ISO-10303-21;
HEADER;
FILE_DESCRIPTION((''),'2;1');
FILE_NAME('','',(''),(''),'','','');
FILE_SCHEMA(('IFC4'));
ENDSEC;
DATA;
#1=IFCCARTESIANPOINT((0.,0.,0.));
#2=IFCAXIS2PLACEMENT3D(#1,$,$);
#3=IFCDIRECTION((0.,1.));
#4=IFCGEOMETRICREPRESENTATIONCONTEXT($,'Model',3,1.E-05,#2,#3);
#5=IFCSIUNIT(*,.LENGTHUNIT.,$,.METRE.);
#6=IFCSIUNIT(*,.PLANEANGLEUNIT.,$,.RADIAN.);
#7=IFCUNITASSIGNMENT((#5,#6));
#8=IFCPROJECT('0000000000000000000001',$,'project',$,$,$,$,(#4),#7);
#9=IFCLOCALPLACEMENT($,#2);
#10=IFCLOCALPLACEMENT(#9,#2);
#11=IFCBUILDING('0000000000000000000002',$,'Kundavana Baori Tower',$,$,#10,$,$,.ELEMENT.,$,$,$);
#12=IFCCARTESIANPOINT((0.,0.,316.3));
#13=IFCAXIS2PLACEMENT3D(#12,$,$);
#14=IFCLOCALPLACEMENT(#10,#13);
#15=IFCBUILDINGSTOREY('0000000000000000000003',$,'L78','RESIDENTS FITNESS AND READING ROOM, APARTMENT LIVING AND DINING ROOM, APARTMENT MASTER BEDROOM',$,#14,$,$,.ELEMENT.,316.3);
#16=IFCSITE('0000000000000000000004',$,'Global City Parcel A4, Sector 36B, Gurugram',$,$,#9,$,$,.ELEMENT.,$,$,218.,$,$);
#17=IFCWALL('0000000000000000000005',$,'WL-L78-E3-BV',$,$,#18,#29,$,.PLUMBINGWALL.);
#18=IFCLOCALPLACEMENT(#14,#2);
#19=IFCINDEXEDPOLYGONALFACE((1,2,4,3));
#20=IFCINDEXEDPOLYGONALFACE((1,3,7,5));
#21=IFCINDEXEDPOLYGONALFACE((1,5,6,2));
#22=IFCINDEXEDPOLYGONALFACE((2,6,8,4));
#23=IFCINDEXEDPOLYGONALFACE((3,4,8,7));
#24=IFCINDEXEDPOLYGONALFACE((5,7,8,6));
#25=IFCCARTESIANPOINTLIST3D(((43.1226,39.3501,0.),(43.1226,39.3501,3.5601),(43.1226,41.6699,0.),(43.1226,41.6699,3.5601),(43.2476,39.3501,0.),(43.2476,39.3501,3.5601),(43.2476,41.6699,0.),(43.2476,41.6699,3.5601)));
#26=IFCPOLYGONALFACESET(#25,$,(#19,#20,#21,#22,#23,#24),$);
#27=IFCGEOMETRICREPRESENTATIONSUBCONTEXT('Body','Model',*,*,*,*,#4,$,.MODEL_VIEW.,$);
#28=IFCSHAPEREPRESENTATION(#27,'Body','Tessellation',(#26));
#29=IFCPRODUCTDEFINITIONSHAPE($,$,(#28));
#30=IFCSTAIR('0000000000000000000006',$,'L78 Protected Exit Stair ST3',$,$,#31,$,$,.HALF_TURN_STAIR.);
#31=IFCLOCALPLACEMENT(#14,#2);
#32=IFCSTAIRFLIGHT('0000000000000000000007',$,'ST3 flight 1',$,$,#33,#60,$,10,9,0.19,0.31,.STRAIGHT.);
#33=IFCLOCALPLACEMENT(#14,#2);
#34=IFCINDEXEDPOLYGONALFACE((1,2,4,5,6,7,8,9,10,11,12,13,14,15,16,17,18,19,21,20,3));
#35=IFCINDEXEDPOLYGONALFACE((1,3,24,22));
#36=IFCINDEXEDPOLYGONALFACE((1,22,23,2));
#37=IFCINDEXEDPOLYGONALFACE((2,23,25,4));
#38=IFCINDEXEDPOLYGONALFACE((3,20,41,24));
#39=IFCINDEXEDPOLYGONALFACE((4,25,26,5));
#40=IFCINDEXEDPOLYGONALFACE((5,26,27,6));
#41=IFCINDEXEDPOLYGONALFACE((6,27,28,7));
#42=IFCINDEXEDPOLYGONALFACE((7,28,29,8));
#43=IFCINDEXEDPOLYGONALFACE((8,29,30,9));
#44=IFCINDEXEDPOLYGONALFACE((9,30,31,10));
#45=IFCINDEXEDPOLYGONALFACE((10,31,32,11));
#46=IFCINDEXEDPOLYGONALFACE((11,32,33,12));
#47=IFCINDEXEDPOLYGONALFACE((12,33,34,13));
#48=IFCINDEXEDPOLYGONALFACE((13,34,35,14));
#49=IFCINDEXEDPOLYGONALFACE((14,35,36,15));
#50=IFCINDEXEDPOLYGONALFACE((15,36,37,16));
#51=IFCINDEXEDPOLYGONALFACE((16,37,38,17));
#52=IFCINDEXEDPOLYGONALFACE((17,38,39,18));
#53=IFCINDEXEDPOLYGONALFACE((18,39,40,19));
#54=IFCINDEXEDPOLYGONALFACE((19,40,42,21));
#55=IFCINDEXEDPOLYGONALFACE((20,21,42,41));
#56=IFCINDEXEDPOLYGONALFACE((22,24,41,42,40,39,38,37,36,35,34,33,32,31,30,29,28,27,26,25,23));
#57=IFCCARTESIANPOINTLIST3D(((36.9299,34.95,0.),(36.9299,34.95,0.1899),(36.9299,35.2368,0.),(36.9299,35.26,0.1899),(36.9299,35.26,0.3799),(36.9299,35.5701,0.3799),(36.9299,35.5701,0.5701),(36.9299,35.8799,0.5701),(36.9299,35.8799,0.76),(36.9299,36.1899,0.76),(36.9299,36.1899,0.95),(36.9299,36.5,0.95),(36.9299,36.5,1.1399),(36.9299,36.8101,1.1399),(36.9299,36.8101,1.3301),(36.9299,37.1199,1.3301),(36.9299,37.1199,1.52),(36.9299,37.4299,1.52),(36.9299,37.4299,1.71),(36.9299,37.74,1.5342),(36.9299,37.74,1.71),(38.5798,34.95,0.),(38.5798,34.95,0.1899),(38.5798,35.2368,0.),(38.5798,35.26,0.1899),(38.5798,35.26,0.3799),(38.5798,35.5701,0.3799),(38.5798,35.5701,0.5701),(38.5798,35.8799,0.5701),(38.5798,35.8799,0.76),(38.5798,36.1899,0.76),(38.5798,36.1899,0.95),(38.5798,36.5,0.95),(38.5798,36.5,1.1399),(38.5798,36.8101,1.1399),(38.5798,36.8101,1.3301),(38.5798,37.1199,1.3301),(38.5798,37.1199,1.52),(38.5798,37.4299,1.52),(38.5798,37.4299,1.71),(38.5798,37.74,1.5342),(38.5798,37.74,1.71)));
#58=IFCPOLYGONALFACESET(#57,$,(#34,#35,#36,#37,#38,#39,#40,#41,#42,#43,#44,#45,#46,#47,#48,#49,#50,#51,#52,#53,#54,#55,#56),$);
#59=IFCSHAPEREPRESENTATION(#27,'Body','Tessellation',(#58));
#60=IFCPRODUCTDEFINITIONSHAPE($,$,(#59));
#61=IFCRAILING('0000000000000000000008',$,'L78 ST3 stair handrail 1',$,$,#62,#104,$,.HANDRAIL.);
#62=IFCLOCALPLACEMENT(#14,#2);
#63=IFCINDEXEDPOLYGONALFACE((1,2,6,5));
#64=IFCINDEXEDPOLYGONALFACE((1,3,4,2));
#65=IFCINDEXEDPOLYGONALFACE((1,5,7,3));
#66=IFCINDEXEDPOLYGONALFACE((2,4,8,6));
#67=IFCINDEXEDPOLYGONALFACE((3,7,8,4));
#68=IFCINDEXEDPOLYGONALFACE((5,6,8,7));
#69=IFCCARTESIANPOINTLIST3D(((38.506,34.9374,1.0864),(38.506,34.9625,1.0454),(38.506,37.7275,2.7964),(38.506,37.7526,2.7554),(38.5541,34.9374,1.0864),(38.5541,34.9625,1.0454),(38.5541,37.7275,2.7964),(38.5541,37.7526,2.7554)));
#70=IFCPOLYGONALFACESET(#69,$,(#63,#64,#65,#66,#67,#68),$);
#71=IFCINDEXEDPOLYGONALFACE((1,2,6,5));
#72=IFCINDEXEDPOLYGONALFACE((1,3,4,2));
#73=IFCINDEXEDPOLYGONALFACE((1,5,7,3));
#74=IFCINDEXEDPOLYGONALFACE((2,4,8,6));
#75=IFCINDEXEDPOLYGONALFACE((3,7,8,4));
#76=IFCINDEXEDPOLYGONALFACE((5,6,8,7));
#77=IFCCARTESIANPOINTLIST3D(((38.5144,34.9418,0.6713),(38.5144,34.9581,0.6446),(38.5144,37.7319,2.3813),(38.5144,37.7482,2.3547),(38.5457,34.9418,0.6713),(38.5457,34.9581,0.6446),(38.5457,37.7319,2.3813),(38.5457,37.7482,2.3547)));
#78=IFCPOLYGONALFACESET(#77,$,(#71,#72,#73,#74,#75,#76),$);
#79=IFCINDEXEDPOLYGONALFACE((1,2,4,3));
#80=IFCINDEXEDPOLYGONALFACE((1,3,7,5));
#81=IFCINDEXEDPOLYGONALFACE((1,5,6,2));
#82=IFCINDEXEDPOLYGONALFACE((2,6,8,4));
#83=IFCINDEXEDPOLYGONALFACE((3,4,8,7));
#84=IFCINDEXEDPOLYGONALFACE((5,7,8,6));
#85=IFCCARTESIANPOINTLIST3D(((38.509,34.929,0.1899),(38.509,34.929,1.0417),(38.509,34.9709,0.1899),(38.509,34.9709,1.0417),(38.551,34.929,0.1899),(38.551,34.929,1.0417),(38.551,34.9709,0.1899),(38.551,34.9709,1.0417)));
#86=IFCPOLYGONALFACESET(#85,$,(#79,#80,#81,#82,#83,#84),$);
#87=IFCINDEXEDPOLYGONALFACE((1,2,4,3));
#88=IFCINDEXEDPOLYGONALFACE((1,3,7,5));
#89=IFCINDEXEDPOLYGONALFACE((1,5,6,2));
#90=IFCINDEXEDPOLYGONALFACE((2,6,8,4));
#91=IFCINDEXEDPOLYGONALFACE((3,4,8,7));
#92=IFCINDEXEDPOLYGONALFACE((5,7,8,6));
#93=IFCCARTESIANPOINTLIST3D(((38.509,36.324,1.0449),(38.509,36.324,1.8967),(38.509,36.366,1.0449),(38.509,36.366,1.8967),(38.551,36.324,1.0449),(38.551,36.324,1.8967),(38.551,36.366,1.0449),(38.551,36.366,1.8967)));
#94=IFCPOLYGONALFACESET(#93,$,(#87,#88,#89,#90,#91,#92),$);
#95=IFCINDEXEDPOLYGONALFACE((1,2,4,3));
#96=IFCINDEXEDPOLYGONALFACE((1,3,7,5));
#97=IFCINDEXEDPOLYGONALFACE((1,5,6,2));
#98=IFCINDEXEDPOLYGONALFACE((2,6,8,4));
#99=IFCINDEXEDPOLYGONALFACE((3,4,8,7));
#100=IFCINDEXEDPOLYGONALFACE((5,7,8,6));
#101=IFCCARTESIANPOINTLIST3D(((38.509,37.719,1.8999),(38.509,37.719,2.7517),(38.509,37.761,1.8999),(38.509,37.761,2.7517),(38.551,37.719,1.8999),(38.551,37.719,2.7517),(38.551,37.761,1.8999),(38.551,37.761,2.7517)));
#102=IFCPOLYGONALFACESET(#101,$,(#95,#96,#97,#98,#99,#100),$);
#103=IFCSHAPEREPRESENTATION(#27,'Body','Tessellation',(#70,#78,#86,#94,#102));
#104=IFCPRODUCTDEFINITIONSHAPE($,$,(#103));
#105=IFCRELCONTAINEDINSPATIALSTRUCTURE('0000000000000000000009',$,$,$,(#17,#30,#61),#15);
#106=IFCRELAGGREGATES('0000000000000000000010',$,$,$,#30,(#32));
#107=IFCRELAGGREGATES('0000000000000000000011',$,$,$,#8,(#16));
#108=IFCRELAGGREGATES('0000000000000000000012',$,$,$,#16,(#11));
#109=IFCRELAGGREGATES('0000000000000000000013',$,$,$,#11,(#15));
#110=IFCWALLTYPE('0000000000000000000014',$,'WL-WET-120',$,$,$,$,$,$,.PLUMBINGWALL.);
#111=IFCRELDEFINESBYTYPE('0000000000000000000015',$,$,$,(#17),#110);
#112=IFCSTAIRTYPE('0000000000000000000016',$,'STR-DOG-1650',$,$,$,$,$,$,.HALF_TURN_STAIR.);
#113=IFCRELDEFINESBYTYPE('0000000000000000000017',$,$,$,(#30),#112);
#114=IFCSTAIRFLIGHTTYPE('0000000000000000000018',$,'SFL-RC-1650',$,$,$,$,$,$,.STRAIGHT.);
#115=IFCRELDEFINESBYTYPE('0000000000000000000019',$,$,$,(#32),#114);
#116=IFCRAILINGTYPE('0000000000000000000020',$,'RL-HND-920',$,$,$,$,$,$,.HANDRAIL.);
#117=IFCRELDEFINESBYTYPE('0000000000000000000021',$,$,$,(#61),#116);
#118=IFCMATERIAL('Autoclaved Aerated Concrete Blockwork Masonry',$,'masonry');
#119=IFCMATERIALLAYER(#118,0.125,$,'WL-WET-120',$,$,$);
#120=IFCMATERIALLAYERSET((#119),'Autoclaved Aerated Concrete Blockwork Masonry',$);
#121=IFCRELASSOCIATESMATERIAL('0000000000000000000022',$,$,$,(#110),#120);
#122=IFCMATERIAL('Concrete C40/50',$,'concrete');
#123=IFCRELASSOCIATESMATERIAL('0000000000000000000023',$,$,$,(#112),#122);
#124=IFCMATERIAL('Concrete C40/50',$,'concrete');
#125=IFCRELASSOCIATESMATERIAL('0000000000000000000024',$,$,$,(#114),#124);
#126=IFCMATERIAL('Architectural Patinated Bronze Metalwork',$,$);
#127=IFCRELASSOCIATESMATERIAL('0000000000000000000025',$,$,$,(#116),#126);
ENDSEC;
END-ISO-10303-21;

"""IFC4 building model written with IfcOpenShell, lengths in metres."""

from ifc_helpers import new_model, si_unit, direction, frame, frame_2d, origin, origin_2d, place, context, subcontext, project, spatial, polyline, rectangle, outline, extrude, material, layer, layer_set, type_object, element, aggregate, save


model = new_model("IFC4")

# Units and contexts
model_context = context("Model", 3, precision=1e-05, world=origin(), true_north=direction((0.0, 1.0)))
body_context = subcontext(model_context, "Body", "Model", "MODEL_VIEW")
ifc_project = project(units=[si_unit("LENGTHUNIT", "METRE"), si_unit("PLANEANGLEUNIT", "RADIAN")], contexts=[model_context])

# Site, building, storey
site_placement = place(None, origin())
site = spatial("IfcSite", under=ifc_project, at=site_placement, Name="Global City Parcel A4, Sector 36B, Gurugram", CompositionType="ELEMENT", RefElevation=218.0)
building_placement = place(site_placement, origin())
building = spatial("IfcBuilding", under=site, at=building_placement, Name="Kundavana Baori Tower", CompositionType="ELEMENT")
storey_placement = place(building_placement, frame((0.0, 0.0, 316.3)))
storey = spatial("IfcBuildingStorey", under=building, at=storey_placement, Name="L78", Description="RESIDENTS FITNESS AND READING ROOM, APARTMENT LIVING AND DINING ROOM, APARTMENT MASTER BEDROOM", CompositionType="ELEMENT", Elevation=316.3)

# Shared definitions
ifc_material_1 = material(Name="Autoclaved Aerated Concrete Blockwork Masonry", Category="masonry")
ifc_layer_1 = layer(ifc_material_1, 0.125, Name="WL-WET-120")
ifc_layer_set_1 = layer_set([ifc_layer_1], Name="Autoclaved Aerated Concrete Blockwork Masonry")
wall_type_1 = type_object("IfcWallType", Name="WL-WET-120", PredefinedType="PLUMBINGWALL", material=ifc_layer_set_1)

# Wall
wall_1_placement = place(storey_placement, frame((43.1851, 39.3501, 0.0), z_axis=(0.0, 0.0, 1.0), x_axis=(0.0, 1.0, 0.0)))
element("IfcWall", 1, at=wall_1_placement, inside=storey, type_object=wall_type_1, Name="WL-L78-E3-BV", PredefinedType="PLUMBINGWALL", context=body_context, shape_type="SweptSolid", body=[
    extrude(rectangle(XDim=2.3198, YDim=0.125, at=frame_2d((1.1599, 0.0))), origin(), (0.0, 0.0, 1.0), 3.5601),
])

# Stair, stair flight
ifc_material_2 = material(Name="Concrete C40/50", Category="concrete")
stair_type = type_object("IfcStairType", Name="STR-DOG-1650", PredefinedType="HALF_TURN_STAIR", material=ifc_material_2)
stair_placement = place(storey_placement, origin())
stair = element("IfcStair", 2, at=stair_placement, inside=storey, type_object=stair_type, Name="L78 Protected Exit Stair ST3", PredefinedType="HALF_TURN_STAIR")
ifc_material_3 = material(Name="Concrete C40/50", Category="concrete")
stair_flight_type = type_object("IfcStairFlightType", Name="SFL-RC-1650", PredefinedType="STRAIGHT", material=ifc_material_3)
stair_flight_placement = place(storey_placement, frame((37.7549, 34.95, 0.0), z_axis=(0.0, 0.0, 1.0), x_axis=(0.0, 1.0, 0.0)))
stair_flight = element("IfcStairFlight", 3, at=stair_flight_placement, type_object=stair_flight_type, Name="ST3 flight 1", NumberOfRisers=10, NumberOfTreads=9, PredefinedType="STRAIGHT", RiserHeight=0.19, TreadLength=0.31, context=body_context, shape_type="SweptSolid", body=[
    extrude(outline(polyline([(0.0, 0.0), (0.0, 0.1899), (0.3101, 0.1899), (0.3101, 0.3799), (0.6201, 0.3799), (0.6201, 0.5701), (0.9299, 0.5701), (0.9299, 0.76), (1.24, 0.76), (1.24, 0.95), (1.55, 0.95), (1.55, 1.1399), (1.8601, 1.1399), (1.8601, 1.3301), (2.1699, 1.3301), (2.1699, 1.52), (2.48, 1.52), (2.48, 1.71), (2.79, 1.71), (2.79, 1.8999), (2.79, 1.5342), (0.2869, 0.0), (0.0, 0.0)])), frame((0.0, 0.825, 0.0), z_axis=(0.0, -1.0, 0.0), x_axis=(1.0, 0.0, 0.0)), (0.0, 0.0, 1.0), 1.6499),
])
aggregate(stair, [stair_flight])

# Railing
ifc_material_4 = material(Name="Architectural Patinated Bronze Metalwork")
railing_type_1 = type_object("IfcRailingType", Name="RL-HND-920", PredefinedType="HANDRAIL", material=ifc_material_4)
railing_1_placement = place(storey_placement, frame((38.53, 34.95, 0.1899)))
element("IfcRailing", 4, at=railing_1_placement, inside=storey, type_object=railing_type_1, Name="L78 ST3 stair handrail 1", PredefinedType="HANDRAIL", context=body_context, shape_type="SweptSolid", body=[
    extrude(rectangle(XDim=0.0481, YDim=0.0481, at=origin_2d()), frame((0.0, 0.0, 0.876), z_axis=(0.0, 0.85261, 0.522548), x_axis=(-1.0, 0.0, 0.0)), (0.0, 0.0, 1.0), 3.2725),
    extrude(rectangle(XDim=0.0312, YDim=0.0312, at=origin_2d()), frame((0.0, 0.0, 0.468), z_axis=(0.0, 0.85261, 0.522548), x_axis=(-1.0, 0.0, 0.0)), (0.0, 0.0, 1.0), 3.2725),
    extrude(rectangle(XDim=0.042, YDim=0.042, at=origin_2d()), origin(), (0.0, 0.0, 1.0), 0.8518),
    extrude(rectangle(XDim=0.042, YDim=0.042, at=origin_2d()), frame((0.0, 1.395, 0.855)), (0.0, 0.0, 1.0), 0.8518),
    extrude(rectangle(XDim=0.042, YDim=0.042, at=origin_2d()), frame((0.0, 2.79, 1.71)), (0.0, 0.0, 1.0), 0.8518),
])

save(model, "model.ifc")
